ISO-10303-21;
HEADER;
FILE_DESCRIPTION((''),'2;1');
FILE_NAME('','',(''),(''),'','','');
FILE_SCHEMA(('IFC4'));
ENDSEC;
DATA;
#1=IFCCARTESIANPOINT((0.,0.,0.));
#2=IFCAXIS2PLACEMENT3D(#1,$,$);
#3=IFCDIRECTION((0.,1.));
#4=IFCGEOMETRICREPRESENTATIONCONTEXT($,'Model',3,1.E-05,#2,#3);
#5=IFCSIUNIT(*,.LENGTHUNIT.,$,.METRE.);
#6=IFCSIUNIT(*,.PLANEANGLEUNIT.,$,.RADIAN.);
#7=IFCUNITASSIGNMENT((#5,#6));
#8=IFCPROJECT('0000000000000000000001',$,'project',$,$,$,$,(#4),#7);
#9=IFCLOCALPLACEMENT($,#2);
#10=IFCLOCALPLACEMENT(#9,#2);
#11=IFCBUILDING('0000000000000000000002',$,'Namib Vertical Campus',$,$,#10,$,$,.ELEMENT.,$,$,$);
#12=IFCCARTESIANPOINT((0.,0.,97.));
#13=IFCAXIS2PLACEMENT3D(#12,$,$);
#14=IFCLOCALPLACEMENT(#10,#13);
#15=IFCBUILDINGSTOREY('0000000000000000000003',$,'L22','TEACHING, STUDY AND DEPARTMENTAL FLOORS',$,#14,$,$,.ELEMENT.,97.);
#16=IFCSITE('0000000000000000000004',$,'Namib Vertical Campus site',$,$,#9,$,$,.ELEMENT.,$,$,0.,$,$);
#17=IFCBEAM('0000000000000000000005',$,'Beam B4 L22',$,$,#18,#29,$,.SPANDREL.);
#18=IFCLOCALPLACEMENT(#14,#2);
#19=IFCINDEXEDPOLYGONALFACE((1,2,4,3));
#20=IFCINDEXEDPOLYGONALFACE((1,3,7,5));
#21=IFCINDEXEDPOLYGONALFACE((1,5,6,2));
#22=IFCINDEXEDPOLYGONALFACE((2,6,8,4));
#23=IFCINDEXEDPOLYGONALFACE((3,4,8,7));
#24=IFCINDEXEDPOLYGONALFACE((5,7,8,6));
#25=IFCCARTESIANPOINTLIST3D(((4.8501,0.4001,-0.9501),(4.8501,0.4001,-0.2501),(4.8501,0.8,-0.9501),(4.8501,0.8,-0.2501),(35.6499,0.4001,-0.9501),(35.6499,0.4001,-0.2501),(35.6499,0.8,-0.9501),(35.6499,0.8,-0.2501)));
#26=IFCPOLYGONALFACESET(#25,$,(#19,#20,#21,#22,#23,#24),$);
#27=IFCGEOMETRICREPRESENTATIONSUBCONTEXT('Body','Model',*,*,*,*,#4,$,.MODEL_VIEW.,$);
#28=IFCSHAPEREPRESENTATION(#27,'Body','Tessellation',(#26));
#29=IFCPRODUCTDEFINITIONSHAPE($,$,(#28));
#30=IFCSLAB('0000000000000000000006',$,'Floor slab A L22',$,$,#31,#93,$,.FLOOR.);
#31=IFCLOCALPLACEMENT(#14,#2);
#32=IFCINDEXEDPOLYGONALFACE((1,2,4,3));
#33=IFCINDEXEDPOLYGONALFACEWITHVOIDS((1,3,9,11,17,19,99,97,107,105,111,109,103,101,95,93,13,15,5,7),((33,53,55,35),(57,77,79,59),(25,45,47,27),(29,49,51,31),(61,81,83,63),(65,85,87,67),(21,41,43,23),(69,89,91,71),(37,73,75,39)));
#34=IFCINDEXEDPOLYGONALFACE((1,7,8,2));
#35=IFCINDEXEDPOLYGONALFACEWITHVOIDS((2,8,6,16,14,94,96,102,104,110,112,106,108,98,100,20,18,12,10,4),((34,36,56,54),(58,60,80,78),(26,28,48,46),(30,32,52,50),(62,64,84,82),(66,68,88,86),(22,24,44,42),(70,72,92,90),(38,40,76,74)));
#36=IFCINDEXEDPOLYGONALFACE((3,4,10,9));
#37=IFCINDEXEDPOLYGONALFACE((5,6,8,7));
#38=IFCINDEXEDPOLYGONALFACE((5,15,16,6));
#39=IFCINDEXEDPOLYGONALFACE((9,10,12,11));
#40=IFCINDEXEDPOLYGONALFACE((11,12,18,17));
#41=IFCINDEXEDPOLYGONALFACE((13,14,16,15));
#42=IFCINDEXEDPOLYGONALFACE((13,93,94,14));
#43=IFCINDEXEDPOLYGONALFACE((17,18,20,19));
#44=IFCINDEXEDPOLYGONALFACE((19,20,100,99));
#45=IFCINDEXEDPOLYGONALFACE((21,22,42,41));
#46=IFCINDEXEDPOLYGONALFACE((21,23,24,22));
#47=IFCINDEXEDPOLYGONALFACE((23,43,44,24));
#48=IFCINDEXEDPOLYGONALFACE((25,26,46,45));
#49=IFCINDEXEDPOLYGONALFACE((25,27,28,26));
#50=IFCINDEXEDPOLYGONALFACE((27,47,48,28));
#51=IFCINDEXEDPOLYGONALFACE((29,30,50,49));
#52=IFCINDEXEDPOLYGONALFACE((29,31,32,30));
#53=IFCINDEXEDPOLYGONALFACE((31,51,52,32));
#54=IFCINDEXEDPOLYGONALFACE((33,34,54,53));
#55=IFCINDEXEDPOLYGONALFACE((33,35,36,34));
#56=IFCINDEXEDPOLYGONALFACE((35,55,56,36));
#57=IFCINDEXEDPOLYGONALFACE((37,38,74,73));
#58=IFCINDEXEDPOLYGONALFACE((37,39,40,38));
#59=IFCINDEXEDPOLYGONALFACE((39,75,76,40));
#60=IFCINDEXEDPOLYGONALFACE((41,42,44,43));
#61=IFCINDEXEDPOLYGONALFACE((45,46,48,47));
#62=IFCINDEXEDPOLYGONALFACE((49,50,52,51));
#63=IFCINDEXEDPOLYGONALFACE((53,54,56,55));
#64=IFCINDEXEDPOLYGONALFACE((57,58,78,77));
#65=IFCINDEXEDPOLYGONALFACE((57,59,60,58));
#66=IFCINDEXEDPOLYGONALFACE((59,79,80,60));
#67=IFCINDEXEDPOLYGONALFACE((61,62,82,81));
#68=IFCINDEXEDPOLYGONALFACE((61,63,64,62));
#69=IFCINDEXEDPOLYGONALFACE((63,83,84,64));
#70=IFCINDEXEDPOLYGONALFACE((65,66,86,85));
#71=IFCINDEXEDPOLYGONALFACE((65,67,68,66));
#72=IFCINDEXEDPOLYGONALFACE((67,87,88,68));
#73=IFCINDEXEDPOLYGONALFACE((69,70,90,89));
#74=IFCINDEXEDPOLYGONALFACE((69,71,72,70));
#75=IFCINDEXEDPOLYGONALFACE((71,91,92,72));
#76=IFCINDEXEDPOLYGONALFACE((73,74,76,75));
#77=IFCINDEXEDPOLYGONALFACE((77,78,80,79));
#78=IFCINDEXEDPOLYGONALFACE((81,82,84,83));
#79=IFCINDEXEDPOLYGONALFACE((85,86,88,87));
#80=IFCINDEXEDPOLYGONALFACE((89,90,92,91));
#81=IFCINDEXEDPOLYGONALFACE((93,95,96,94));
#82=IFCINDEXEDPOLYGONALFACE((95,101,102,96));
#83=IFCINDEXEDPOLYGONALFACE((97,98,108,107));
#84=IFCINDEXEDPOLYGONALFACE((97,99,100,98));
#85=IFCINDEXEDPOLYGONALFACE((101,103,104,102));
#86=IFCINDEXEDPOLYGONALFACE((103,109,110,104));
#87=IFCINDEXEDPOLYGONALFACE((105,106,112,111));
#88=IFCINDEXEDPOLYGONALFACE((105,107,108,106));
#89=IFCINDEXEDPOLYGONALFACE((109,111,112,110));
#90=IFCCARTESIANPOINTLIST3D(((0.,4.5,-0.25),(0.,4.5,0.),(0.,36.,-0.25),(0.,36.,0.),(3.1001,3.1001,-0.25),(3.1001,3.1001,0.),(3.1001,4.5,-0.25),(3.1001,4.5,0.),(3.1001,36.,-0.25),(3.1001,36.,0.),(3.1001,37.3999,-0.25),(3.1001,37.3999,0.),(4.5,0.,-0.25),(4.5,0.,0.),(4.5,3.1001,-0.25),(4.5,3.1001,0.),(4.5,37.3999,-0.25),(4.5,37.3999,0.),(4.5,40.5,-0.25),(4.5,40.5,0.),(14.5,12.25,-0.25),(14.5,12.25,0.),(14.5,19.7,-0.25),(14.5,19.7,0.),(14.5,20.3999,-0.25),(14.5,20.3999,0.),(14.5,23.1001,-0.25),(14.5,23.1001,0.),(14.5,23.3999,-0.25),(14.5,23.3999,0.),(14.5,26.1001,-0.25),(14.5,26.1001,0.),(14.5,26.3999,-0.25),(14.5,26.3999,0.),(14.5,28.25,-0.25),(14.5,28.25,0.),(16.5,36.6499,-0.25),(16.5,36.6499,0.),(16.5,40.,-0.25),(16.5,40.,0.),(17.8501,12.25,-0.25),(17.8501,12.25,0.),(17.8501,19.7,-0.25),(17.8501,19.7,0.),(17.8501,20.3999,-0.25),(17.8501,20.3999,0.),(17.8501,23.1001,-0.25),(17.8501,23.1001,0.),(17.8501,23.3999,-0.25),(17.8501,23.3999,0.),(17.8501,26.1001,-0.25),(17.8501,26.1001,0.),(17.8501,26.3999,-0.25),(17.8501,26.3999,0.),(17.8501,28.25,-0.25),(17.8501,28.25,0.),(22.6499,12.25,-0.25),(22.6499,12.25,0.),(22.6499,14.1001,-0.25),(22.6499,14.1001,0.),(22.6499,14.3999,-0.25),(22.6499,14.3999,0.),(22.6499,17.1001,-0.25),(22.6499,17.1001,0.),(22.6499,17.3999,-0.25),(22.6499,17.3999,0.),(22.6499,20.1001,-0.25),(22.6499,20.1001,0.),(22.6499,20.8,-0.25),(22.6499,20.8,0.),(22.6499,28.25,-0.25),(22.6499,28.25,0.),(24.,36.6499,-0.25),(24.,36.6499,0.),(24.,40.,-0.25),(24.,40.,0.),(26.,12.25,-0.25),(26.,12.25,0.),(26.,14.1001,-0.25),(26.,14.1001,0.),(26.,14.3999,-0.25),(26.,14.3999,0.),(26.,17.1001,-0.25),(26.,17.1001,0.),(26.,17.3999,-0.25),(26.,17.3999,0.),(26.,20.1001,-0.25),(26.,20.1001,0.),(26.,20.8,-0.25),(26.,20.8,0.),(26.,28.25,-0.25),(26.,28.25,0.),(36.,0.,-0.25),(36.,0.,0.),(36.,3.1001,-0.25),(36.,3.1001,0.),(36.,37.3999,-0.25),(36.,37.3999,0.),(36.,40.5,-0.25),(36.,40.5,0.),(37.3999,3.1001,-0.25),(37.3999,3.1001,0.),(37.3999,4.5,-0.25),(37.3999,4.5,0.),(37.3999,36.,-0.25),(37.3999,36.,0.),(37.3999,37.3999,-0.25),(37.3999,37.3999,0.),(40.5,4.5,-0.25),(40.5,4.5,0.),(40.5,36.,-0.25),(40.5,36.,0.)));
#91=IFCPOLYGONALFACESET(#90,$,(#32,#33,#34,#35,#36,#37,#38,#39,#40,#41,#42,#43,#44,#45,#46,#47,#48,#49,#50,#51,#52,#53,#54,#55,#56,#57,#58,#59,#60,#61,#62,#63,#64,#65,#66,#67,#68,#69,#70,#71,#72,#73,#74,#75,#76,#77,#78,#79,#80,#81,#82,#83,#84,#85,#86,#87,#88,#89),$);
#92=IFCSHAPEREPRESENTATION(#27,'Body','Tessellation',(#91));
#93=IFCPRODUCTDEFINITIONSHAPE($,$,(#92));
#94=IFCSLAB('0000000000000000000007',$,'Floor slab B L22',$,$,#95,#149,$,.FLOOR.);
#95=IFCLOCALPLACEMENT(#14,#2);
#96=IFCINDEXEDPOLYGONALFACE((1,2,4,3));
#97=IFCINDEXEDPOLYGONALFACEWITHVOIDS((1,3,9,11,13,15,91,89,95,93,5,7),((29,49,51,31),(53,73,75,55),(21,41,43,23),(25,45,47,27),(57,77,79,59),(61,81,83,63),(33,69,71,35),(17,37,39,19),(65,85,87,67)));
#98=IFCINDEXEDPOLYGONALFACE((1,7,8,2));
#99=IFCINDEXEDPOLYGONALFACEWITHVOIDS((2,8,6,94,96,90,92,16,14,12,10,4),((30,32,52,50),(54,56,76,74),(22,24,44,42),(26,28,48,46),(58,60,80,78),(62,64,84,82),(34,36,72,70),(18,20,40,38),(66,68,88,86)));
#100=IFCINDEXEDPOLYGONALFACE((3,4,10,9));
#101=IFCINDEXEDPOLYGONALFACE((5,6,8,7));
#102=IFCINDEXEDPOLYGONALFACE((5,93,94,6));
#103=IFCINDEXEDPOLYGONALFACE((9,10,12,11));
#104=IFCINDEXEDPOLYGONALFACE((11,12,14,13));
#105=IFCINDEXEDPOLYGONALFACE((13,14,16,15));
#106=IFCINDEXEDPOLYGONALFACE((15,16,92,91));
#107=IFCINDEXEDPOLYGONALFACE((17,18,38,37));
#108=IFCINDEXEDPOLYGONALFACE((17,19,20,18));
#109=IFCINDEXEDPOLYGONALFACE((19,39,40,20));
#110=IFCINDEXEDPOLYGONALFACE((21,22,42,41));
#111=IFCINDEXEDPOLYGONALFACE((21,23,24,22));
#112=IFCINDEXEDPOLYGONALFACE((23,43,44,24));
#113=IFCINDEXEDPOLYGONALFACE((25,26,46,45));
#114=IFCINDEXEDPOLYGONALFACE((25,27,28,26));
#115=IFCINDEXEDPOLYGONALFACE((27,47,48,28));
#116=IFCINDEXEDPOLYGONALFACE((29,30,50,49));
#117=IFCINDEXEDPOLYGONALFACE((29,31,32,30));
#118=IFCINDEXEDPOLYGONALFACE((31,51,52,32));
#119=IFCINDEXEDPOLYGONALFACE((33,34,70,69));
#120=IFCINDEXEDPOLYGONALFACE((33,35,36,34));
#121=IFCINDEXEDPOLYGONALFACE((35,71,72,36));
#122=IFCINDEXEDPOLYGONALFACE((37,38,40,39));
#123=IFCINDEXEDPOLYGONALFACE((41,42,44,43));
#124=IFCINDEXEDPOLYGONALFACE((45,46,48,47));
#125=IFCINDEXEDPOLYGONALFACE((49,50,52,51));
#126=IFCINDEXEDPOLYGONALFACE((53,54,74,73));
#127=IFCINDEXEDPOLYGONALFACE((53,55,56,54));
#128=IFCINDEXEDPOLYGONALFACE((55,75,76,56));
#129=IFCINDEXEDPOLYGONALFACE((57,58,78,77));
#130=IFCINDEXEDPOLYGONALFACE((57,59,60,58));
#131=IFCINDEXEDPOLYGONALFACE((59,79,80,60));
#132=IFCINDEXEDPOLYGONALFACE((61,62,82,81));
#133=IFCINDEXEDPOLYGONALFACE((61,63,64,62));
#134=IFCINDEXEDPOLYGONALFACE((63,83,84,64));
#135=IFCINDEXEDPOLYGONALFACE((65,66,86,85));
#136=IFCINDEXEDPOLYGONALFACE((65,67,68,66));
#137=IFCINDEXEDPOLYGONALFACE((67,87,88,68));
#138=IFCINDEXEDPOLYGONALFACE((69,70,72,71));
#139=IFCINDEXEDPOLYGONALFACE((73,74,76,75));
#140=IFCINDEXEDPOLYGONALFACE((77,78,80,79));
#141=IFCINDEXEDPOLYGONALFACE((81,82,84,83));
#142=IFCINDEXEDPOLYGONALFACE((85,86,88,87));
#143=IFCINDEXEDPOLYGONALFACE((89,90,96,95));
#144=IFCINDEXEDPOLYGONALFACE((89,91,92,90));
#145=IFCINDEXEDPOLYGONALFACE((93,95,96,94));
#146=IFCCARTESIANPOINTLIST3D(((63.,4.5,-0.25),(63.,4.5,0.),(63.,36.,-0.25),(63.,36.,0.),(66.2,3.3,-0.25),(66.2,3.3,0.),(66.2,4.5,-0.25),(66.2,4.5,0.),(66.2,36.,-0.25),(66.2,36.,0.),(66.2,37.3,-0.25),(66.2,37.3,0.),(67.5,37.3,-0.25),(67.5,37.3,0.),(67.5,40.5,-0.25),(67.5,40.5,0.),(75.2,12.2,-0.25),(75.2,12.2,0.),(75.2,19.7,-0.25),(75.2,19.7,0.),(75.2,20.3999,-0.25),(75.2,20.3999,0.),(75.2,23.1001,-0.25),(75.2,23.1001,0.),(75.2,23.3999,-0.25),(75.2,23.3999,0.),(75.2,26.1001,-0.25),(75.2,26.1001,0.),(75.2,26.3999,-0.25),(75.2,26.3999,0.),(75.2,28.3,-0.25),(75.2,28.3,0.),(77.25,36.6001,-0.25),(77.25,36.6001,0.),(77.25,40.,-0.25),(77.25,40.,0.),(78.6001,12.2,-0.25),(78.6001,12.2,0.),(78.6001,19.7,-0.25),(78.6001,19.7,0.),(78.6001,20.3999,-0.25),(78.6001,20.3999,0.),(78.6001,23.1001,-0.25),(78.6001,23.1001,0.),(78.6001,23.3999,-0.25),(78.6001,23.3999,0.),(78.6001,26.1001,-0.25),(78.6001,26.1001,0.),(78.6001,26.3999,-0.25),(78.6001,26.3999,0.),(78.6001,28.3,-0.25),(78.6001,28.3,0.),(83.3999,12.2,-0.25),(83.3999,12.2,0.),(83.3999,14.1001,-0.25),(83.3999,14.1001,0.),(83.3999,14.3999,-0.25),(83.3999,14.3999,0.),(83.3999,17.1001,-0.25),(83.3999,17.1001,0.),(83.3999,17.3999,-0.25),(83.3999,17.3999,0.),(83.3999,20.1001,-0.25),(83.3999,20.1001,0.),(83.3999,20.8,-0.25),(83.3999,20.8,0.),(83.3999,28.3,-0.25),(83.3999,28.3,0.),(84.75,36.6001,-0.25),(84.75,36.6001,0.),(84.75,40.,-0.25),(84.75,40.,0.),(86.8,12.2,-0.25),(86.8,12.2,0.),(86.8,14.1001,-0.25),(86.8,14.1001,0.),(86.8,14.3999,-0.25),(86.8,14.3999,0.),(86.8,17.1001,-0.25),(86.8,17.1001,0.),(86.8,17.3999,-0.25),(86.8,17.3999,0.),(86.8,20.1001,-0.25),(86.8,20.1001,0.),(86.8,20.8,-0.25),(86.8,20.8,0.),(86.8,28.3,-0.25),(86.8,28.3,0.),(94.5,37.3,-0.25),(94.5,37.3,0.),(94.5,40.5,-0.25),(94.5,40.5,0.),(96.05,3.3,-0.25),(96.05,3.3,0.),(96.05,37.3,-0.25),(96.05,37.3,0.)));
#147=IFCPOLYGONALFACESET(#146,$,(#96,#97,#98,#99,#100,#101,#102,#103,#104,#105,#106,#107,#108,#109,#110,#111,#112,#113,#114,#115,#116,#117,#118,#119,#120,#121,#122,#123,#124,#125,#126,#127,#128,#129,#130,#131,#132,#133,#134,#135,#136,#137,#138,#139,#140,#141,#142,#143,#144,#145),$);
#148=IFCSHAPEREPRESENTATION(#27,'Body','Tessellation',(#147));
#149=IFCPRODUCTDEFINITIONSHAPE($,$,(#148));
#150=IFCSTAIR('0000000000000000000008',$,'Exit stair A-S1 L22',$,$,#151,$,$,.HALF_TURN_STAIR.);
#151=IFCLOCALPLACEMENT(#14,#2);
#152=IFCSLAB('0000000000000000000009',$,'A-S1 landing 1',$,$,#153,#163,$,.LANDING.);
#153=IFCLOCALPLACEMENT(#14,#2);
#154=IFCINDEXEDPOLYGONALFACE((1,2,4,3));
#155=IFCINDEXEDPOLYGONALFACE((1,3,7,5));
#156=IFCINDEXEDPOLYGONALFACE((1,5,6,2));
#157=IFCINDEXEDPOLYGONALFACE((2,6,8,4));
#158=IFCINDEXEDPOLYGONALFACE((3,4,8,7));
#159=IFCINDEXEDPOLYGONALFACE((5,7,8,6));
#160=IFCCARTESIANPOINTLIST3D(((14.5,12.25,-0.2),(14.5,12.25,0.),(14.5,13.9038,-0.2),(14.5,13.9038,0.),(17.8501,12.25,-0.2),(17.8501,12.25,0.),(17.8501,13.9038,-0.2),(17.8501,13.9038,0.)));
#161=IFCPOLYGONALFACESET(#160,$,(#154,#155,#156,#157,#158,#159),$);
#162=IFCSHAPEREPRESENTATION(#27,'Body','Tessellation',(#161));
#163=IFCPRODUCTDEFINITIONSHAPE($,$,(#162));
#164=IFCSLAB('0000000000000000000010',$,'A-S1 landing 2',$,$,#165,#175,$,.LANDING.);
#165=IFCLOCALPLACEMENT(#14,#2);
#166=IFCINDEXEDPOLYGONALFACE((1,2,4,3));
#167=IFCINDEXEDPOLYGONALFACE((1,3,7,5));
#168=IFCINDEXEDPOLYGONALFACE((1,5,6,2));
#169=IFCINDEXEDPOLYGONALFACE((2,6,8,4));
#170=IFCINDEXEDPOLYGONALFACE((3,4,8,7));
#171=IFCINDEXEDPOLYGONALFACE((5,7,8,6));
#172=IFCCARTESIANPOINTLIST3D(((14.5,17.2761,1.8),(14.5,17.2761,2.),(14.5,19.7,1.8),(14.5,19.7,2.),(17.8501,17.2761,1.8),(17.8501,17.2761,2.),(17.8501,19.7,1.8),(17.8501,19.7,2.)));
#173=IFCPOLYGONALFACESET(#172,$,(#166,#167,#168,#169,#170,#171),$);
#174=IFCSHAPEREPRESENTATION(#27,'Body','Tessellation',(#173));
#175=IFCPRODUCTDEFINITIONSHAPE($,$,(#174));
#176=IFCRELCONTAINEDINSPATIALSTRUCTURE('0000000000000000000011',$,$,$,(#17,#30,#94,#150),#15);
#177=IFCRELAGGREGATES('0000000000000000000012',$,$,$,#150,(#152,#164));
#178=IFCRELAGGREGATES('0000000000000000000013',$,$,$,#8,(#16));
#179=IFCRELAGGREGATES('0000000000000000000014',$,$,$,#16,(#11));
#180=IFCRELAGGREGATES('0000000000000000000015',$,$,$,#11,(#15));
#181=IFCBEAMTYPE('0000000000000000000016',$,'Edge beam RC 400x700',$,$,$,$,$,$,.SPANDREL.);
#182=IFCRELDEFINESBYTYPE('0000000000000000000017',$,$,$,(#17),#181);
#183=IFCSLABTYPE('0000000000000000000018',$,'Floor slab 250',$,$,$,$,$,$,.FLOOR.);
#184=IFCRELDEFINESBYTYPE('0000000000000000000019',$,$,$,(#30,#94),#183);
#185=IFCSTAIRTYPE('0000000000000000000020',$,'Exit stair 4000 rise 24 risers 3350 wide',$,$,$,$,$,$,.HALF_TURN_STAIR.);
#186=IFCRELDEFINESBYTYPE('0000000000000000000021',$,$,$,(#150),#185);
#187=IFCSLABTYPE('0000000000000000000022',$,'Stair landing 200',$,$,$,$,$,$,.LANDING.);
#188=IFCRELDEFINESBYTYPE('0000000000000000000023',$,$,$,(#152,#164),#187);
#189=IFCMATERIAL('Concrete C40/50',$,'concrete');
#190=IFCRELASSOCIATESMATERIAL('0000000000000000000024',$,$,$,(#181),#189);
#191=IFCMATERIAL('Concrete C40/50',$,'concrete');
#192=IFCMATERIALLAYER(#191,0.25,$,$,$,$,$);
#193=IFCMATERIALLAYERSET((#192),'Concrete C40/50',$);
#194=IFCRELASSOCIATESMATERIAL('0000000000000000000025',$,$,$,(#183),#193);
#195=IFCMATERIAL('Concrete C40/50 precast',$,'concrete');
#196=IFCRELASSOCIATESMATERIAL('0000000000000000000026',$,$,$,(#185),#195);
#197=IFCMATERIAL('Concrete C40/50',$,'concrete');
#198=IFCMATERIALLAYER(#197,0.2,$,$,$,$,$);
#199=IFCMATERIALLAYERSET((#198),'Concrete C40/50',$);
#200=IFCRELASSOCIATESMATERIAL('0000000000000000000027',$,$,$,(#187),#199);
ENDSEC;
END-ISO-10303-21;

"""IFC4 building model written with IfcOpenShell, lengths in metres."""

from ifc_helpers import new_model, si_unit, direction, frame, origin, origin_2d, place, context, subcontext, project, spatial, polyline, rectangle, outline, extrude, material, layer, layer_set, material_profile, profile_set, type_object, element, aggregate, save


model = new_model("IFC4")

# Units and contexts
model_context = context("Model", 3, precision=1e-05, world=origin(), true_north=direction((0.0, 1.0)))
body_context = subcontext(model_context, "Body", "Model", "MODEL_VIEW")
ifc_project = project(units=[si_unit("LENGTHUNIT", "METRE"), si_unit("PLANEANGLEUNIT", "RADIAN")], contexts=[model_context])

# Site, building, storey
site_placement = place(None, origin())
site = spatial("IfcSite", under=ifc_project, at=site_placement, Name="Namib Vertical Campus site", CompositionType="ELEMENT", RefElevation=0.0)
building_placement = place(site_placement, origin())
building = spatial("IfcBuilding", under=site, at=building_placement, Name="Namib Vertical Campus", CompositionType="ELEMENT")
storey_placement = place(building_placement, frame((0.0, 0.0, 97.0)))
storey = spatial("IfcBuildingStorey", under=building, at=storey_placement, Name="L22", Description="TEACHING, STUDY AND DEPARTMENTAL FLOORS", CompositionType="ELEMENT", Elevation=97.0)

# Beam
ifc_material_1 = material(Name="Concrete C40/50", Category="concrete")
ifc_material_profile = material_profile(ifc_material_1, rectangle(XDim=0.3999, YDim=0.7, at=origin_2d()))
ifc_profile_set = profile_set([ifc_material_profile], Name="Concrete C40/50")
beam_type = type_object("IfcBeamType", Name="Edge beam RC 400x700", PredefinedType="SPANDREL", material=ifc_profile_set)
beam_placement = place(storey_placement, frame((4.8501, 0.6001, -0.6001), z_axis=(1.0, 0.0, 0.0), x_axis=(0.0, 1.0, 0.0)))
element("IfcBeam", 1, at=beam_placement, inside=storey, type_object=beam_type, Name="Beam B4 L22", PredefinedType="SPANDREL", context=body_context, shape_type="SweptSolid", body=[
    extrude(rectangle(XDim=0.3999, YDim=0.7, at=origin_2d()), origin(), (0.0, 0.0, 1.0), 30.7998),
])

# Slabs
ifc_material_2 = material(Name="Concrete C40/50", Category="concrete")
ifc_layer_1 = layer(ifc_material_2, 0.25)
ifc_layer_set_1 = layer_set([ifc_layer_1], Name="Concrete C40/50")
slab_type_1 = type_object("IfcSlabType", Name="Floor slab 250", PredefinedType="FLOOR", material=ifc_layer_set_1)
slab_1_placement = place(storey_placement, frame((0.0, 0.0, -0.25)))
element("IfcSlab", 2, at=slab_1_placement, inside=storey, type_object=slab_type_1, Name="Floor slab A L22", PredefinedType="FLOOR", context=body_context, shape_type="SweptSolid", body=[
    extrude(outline(polyline([(4.5, 0.0), (36.0, 0.0), (36.0, 3.1001), (37.3999, 3.1001), (37.3999, 4.5), (40.5, 4.5), (40.5, 36.0), (37.3999, 36.0), (37.3999, 37.3999), (36.0, 37.3999), (36.0, 40.5), (4.5, 40.5), (4.5, 37.3999), (3.1001, 37.3999), (3.1001, 36.0), (0.0, 36.0), (0.0, 4.5), (3.1001, 4.5), (3.1001, 3.1001), (4.5, 3.1001), (4.5, 0.0)]), holes=[polyline([(14.5, 12.25), (17.8501, 12.25), (17.8501, 19.7), (14.5, 19.7), (14.5, 12.25)]), polyline([(22.6499, 20.8), (26.0, 20.8), (26.0, 28.25), (22.6499, 28.25), (22.6499, 20.8)]), polyline([(22.6499, 12.25), (26.0, 12.25), (26.0, 14.1001), (22.6499, 14.1001), (22.6499, 12.25)]), polyline([(14.5, 20.3999), (17.8501, 20.3999), (17.8501, 23.1001), (14.5, 23.1001), (14.5, 20.3999)]), polyline([(14.5, 23.3999), (17.8501, 23.3999), (17.8501, 26.1001), (14.5, 26.1001), (14.5, 23.3999)]), polyline([(14.5, 26.3999), (17.8501, 26.3999), (17.8501, 28.25), (14.5, 28.25), (14.5, 26.3999)]), polyline([(22.6499, 14.3999), (26.0, 14.3999), (26.0, 17.1001), (22.6499, 17.1001), (22.6499, 14.3999)]), polyline([(22.6499, 17.3999), (26.0, 17.3999), (26.0, 20.1001), (22.6499, 20.1001), (22.6499, 17.3999)]), polyline([(16.5, 36.6499), (24.0, 36.6499), (24.0, 40.0), (16.5, 40.0), (16.5, 36.6499)])]), origin(), (0.0, 0.0, 1.0), 0.25),
])
slab_2_placement = place(storey_placement, frame((0.0, 0.0, -0.25)))
element("IfcSlab", 3, at=slab_2_placement, inside=storey, type_object=slab_type_1, Name="Floor slab B L22", PredefinedType="FLOOR", context=body_context, shape_type="SweptSolid", body=[
    extrude(outline(polyline([(63.0, 4.5), (66.2, 4.5), (66.2, 3.3), (96.05, 3.3), (96.05, 37.3), (94.5, 37.3), (94.5, 40.5), (67.5, 40.5), (67.5, 37.3), (66.2, 37.3), (66.2, 36.0), (63.0, 36.0), (63.0, 4.5)]), holes=[polyline([(75.2, 12.2), (78.6001, 12.2), (78.6001, 19.7), (75.2, 19.7), (75.2, 12.2)]), polyline([(83.3999, 20.8), (86.8, 20.8), (86.8, 28.3), (83.3999, 28.3), (83.3999, 20.8)]), polyline([(83.3999, 12.2), (86.8, 12.2), (86.8, 14.1001), (83.3999, 14.1001), (83.3999, 12.2)]), polyline([(75.2, 20.3999), (78.6001, 20.3999), (78.6001, 23.1001), (75.2, 23.1001), (75.2, 20.3999)]), polyline([(75.2, 23.3999), (78.6001, 23.3999), (78.6001, 26.1001), (75.2, 26.1001), (75.2, 23.3999)]), polyline([(75.2, 26.3999), (78.6001, 26.3999), (78.6001, 28.3), (75.2, 28.3), (75.2, 26.3999)]), polyline([(83.3999, 14.3999), (86.8, 14.3999), (86.8, 17.1001), (83.3999, 17.1001), (83.3999, 14.3999)]), polyline([(83.3999, 17.3999), (86.8, 17.3999), (86.8, 20.1001), (83.3999, 20.1001), (83.3999, 17.3999)]), polyline([(77.25, 36.6001), (84.75, 36.6001), (84.75, 40.0), (77.25, 40.0), (77.25, 36.6001)])]), origin(), (0.0, 0.0, 1.0), 0.25),
])

# Stair, slabs
ifc_material_3 = material(Name="Concrete C40/50 precast", Category="concrete")
stair_type_1 = type_object("IfcStairType", Name="Exit stair 4000 rise 24 risers 3350 wide", PredefinedType="HALF_TURN_STAIR", material=ifc_material_3)
stair_1_placement = place(storey_placement, origin())
stair_1 = element("IfcStair", 4, at=stair_1_placement, inside=storey, type_object=stair_type_1, Name="Exit stair A-S1 L22", PredefinedType="HALF_TURN_STAIR")
ifc_material_4 = material(Name="Concrete C40/50", Category="concrete")
ifc_layer_2 = layer(ifc_material_4, 0.2)
ifc_layer_set_2 = layer_set([ifc_layer_2], Name="Concrete C40/50")
slab_type_2 = type_object("IfcSlabType", Name="Stair landing 200", PredefinedType="LANDING", material=ifc_layer_set_2)
slab_3_placement = place(storey_placement, frame((0.0, 0.0, -0.2)))
slab_3 = element("IfcSlab", 5, at=slab_3_placement, type_object=slab_type_2, Name="A-S1 landing 1", PredefinedType="LANDING", context=body_context, shape_type="SweptSolid", body=[
    extrude(outline(polyline([(14.5, 12.25), (17.8501, 12.25), (17.8501, 13.9038), (14.5, 13.9038), (14.5, 12.25)])), origin(), (0.0, 0.0, 1.0), 0.2),
])
slab_4_placement = place(storey_placement, frame((0.0, 0.0, 1.8)))
slab_4 = element("IfcSlab", 6, at=slab_4_placement, type_object=slab_type_2, Name="A-S1 landing 2", PredefinedType="LANDING", context=body_context, shape_type="SweptSolid", body=[
    extrude(outline(polyline([(14.5, 17.2761), (17.8501, 17.2761), (17.8501, 19.7), (14.5, 19.7), (14.5, 17.2761)])), origin(), (0.0, 0.0, 1.0), 0.2),
])
aggregate(stair_1, [slab_3, slab_4])

save(model, "model.ifc")
